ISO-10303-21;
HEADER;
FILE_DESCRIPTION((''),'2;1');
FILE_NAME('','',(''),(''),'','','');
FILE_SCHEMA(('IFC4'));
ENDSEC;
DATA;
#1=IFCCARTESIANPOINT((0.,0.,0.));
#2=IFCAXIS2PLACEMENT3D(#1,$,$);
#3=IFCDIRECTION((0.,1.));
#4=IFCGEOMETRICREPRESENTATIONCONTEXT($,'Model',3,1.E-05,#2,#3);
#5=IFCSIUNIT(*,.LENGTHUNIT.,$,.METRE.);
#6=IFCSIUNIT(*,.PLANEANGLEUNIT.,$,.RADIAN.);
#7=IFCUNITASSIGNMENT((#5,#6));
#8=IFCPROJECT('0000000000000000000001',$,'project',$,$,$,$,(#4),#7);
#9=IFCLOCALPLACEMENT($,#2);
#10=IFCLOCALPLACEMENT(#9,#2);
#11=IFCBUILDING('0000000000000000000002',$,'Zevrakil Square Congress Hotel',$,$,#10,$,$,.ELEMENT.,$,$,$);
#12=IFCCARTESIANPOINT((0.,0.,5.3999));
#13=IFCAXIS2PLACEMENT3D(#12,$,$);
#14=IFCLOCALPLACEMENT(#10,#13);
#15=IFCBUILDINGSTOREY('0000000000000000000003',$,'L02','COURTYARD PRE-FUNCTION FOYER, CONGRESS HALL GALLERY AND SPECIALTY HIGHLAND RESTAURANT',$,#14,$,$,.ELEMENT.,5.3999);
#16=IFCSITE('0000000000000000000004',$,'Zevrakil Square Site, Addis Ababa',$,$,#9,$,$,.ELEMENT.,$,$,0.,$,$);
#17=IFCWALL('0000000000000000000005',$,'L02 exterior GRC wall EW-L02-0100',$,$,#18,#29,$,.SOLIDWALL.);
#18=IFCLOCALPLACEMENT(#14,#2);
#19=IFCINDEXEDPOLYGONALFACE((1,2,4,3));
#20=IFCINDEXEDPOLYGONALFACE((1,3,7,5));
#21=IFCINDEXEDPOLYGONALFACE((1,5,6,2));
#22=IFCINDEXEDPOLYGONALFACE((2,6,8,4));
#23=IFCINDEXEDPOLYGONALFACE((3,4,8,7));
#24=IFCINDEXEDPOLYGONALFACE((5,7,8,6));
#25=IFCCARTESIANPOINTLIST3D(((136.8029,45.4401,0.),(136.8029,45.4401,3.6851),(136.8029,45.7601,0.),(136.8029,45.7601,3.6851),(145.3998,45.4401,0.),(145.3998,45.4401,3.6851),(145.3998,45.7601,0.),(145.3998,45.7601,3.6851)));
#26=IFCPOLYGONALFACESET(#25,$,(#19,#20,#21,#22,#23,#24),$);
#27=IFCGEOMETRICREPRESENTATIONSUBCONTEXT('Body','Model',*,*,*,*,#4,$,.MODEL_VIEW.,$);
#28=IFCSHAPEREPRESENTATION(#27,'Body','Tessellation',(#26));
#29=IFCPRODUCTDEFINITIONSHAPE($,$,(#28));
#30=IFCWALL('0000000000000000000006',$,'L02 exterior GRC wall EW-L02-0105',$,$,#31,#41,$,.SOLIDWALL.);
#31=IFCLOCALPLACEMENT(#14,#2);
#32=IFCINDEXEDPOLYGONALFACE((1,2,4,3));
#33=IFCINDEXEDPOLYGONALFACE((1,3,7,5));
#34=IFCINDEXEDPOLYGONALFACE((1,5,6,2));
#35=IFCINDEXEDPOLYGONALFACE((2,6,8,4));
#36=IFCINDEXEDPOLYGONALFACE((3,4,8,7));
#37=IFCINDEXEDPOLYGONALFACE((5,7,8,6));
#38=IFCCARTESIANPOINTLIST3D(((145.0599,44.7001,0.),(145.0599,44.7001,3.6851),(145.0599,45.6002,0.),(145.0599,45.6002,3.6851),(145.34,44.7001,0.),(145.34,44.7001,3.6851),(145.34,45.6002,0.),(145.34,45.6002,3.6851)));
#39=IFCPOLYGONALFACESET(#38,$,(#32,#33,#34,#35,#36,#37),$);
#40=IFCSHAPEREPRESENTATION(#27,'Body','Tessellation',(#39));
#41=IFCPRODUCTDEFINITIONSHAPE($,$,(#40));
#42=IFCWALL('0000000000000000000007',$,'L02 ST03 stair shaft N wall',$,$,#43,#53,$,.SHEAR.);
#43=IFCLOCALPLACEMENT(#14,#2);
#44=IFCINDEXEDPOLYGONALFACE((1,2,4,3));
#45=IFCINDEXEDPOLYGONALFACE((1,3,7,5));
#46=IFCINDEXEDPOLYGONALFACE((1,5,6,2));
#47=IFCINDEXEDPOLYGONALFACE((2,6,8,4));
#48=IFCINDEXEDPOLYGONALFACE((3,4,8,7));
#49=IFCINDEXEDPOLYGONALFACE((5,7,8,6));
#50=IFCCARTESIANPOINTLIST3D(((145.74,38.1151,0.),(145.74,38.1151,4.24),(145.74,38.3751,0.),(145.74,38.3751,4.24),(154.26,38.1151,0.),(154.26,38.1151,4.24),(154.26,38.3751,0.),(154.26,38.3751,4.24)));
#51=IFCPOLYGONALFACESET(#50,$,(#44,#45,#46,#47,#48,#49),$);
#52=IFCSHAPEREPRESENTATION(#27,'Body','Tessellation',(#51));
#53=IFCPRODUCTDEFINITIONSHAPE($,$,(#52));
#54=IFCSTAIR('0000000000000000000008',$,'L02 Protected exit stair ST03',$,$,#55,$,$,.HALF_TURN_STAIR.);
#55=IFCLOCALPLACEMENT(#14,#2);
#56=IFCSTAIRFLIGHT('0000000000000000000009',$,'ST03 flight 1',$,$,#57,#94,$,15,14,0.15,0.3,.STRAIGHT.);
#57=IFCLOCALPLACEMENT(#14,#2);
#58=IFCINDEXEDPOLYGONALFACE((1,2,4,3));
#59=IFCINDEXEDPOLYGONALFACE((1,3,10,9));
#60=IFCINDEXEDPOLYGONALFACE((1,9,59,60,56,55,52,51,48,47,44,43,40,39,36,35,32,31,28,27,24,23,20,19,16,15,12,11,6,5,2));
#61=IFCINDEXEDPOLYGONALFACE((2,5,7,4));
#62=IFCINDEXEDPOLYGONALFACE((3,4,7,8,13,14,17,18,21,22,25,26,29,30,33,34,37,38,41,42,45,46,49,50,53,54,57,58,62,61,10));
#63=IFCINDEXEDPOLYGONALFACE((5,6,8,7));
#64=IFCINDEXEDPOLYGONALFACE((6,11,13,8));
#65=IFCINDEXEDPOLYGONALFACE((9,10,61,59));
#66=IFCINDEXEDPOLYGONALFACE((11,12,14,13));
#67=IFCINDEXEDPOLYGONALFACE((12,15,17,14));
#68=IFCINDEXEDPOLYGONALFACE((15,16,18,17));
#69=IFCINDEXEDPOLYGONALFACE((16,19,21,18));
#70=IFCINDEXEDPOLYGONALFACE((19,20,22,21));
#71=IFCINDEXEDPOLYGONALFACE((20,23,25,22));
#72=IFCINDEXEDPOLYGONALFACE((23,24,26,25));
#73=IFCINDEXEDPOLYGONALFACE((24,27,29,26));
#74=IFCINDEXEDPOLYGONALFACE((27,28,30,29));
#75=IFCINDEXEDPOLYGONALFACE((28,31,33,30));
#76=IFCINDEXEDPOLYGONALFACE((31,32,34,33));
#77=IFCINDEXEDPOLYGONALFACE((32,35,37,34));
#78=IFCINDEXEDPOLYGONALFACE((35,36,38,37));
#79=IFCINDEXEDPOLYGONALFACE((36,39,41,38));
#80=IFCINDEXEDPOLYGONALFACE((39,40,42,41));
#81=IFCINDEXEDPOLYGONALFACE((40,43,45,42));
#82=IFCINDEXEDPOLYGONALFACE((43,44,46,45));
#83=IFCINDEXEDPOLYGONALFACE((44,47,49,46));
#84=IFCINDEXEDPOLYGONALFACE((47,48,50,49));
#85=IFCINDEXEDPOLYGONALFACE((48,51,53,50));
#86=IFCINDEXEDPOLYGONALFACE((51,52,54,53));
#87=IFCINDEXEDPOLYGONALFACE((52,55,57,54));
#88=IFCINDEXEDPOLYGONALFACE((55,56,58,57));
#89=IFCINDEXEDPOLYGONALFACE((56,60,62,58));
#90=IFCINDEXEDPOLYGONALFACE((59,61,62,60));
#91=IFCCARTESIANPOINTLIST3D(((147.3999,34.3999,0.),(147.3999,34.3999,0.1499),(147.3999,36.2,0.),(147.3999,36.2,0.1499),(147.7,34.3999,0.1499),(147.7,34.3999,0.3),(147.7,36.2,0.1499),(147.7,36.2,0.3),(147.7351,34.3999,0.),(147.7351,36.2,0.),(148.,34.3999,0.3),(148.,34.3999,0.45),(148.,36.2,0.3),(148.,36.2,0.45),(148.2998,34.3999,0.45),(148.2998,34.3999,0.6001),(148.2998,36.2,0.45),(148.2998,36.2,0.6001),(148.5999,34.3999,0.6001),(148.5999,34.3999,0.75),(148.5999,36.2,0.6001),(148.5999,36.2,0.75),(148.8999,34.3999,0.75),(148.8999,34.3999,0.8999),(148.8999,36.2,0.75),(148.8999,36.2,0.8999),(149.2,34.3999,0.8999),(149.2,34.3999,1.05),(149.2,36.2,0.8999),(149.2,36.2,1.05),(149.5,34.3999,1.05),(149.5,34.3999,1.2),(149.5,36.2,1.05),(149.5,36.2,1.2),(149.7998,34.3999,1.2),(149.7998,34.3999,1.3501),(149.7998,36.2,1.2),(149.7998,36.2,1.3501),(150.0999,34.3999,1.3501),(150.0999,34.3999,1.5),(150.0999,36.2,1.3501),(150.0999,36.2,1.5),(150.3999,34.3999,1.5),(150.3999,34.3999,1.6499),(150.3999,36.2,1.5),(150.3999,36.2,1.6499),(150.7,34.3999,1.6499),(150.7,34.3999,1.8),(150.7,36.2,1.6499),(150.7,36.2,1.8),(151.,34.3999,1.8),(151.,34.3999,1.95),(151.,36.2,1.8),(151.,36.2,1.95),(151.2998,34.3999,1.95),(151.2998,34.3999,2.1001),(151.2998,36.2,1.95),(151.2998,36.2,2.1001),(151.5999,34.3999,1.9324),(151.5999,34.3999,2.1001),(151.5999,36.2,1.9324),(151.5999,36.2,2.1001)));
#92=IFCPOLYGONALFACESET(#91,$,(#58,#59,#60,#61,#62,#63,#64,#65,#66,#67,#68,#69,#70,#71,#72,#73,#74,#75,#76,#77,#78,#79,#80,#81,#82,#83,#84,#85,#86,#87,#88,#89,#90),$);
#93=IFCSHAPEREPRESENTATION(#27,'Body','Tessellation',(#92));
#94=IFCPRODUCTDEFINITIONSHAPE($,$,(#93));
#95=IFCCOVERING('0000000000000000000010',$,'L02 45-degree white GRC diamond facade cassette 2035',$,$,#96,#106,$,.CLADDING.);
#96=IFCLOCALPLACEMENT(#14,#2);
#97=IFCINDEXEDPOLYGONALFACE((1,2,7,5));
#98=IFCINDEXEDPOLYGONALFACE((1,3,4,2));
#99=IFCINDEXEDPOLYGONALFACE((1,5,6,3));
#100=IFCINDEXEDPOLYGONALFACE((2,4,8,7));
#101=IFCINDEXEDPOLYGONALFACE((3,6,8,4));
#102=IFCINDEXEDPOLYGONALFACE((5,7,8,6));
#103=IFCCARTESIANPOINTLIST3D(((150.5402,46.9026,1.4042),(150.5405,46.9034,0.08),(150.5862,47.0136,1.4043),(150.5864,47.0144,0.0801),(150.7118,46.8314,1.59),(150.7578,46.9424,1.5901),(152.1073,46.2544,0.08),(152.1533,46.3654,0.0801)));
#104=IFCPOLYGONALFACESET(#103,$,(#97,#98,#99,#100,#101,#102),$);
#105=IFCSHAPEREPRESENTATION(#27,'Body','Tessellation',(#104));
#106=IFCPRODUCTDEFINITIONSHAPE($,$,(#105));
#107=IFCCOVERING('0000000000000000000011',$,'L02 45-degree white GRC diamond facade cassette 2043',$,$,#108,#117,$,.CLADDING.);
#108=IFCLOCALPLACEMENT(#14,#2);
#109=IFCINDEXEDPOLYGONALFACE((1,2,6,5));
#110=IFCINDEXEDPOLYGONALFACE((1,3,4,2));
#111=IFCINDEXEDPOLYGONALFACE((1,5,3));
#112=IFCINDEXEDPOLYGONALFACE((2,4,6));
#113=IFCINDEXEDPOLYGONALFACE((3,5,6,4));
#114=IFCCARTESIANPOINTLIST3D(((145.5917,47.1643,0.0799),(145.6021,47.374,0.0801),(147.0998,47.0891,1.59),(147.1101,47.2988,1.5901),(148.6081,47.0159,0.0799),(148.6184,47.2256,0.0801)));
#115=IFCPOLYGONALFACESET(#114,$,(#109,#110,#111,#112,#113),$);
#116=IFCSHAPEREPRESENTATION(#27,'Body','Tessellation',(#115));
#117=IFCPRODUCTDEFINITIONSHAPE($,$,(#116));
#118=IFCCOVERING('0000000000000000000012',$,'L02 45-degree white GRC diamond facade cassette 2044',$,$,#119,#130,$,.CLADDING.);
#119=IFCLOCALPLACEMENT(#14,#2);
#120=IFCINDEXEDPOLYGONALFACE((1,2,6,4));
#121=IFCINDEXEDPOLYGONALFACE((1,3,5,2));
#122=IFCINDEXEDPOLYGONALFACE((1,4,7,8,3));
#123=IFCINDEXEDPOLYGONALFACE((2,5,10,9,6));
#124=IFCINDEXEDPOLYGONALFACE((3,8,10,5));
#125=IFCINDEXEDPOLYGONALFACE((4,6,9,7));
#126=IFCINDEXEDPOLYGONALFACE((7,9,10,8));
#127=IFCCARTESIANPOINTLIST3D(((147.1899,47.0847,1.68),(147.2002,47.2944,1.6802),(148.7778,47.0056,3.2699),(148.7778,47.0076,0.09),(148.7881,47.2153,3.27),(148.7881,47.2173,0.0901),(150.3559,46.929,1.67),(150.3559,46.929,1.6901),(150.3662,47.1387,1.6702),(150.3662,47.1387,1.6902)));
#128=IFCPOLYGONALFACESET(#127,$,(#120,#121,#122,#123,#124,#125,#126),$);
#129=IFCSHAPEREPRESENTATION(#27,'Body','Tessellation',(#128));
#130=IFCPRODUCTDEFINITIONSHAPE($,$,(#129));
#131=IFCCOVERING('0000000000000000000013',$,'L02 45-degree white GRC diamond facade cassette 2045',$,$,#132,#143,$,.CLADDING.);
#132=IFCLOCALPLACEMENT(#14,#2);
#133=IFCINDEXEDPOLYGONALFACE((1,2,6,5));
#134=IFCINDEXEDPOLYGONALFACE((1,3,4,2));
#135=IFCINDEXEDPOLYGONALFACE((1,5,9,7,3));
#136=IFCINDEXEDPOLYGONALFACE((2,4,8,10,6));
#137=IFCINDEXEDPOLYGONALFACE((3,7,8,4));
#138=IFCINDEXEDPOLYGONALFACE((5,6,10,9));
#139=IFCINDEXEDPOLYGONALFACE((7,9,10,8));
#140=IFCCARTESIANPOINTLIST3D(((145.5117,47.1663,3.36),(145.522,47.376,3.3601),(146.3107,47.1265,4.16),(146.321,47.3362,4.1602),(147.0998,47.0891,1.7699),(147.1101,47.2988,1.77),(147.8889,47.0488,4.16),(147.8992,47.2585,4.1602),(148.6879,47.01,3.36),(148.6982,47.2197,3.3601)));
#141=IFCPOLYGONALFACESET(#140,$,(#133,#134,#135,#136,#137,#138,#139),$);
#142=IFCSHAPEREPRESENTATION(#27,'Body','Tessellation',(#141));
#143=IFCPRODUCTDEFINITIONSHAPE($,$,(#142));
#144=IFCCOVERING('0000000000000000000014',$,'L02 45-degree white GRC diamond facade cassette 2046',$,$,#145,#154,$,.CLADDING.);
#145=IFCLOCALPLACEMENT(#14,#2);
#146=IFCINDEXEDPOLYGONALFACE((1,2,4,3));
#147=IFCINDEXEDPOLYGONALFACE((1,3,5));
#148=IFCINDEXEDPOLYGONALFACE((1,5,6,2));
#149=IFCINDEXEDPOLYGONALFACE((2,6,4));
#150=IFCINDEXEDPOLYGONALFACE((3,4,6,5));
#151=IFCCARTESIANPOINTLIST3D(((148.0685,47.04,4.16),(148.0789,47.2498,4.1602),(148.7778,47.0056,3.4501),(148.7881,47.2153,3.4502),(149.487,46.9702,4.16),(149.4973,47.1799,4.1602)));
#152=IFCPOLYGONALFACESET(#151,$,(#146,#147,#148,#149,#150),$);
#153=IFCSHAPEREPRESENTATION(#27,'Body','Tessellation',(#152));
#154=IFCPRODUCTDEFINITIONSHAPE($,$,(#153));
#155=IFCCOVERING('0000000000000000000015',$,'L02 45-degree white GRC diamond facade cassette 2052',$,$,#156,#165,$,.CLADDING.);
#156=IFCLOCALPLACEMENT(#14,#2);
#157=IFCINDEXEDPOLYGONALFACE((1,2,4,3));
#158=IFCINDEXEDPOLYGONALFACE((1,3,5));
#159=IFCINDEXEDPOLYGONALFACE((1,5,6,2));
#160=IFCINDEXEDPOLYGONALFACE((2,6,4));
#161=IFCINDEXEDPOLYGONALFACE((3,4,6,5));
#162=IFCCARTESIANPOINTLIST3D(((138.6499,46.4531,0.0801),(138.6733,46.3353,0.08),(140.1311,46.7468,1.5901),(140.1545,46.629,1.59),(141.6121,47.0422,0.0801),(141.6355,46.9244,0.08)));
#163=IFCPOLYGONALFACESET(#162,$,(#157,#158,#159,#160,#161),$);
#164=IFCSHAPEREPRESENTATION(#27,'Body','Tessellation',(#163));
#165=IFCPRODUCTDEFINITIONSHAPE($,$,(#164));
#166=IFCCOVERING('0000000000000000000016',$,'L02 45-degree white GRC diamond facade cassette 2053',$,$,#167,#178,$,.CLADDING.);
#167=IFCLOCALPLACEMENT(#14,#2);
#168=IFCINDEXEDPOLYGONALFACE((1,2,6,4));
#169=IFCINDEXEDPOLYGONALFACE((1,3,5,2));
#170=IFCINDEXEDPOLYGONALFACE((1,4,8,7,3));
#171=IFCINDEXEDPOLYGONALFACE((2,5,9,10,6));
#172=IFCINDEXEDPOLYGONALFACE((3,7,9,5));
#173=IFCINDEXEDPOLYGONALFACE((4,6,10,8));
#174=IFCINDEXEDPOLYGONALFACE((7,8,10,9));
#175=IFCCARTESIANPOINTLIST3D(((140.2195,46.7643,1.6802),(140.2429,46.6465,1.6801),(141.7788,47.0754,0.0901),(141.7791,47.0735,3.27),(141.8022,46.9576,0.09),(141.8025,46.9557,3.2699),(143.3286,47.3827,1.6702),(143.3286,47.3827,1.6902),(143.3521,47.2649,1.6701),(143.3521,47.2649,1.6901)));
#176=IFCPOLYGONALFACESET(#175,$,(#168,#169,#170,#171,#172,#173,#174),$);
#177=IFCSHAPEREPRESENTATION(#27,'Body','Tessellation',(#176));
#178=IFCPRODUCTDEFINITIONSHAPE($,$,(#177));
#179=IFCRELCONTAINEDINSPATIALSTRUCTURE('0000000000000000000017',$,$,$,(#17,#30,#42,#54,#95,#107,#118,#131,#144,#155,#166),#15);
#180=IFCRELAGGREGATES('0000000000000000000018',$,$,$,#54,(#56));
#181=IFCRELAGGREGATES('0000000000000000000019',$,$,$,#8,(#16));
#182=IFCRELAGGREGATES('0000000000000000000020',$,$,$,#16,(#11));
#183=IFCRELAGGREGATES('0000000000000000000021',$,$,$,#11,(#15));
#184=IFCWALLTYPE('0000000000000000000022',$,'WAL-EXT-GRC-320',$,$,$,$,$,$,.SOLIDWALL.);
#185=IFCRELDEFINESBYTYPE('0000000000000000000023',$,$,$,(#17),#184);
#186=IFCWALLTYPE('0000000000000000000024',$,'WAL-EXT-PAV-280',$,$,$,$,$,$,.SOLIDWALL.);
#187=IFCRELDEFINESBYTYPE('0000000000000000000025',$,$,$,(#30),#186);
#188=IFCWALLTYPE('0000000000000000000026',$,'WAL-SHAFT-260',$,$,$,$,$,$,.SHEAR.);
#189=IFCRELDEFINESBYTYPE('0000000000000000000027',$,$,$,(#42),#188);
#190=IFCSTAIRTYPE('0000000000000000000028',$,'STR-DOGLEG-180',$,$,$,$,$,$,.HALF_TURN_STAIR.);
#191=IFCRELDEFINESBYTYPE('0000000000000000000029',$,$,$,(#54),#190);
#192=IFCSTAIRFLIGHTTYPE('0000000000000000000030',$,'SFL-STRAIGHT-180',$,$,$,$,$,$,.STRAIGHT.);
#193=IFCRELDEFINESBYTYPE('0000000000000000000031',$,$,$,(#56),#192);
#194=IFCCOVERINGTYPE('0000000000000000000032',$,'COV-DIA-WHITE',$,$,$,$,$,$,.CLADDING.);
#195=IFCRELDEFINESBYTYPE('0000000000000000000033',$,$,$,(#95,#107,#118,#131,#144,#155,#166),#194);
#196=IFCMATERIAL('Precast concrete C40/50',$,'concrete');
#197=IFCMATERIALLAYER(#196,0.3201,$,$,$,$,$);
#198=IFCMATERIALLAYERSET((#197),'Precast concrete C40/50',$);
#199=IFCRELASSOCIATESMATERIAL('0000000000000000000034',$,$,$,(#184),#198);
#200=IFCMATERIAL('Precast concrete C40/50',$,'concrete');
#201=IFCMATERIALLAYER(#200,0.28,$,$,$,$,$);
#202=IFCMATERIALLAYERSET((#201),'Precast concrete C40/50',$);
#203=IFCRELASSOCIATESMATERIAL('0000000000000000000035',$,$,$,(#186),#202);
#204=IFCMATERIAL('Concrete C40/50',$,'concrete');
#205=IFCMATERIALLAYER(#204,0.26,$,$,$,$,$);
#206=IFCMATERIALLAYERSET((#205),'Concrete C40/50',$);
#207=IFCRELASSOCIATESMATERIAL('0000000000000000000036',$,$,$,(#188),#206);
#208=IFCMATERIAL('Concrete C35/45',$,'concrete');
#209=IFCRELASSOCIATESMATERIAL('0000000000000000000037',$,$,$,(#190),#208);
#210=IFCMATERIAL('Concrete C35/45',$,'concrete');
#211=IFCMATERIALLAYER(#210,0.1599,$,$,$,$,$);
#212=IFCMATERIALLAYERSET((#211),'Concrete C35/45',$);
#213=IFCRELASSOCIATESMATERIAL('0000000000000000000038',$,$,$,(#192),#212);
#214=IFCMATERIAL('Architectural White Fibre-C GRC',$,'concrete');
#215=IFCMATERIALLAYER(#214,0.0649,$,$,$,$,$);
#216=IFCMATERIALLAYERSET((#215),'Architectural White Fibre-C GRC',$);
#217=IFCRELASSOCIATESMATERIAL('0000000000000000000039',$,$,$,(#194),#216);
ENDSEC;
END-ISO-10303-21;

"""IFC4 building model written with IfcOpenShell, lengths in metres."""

from ifc_helpers import new_model, si_unit, direction, frame, frame_2d, origin, place, context, subcontext, project, spatial, polyline, rectangle, outline, extrude, material, layer, layer_set, type_object, element, aggregate, save


model = new_model("IFC4")

# Units and contexts
model_context = context("Model", 3, precision=1e-05, world=origin(), true_north=direction((0.0, 1.0)))
body_context = subcontext(model_context, "Body", "Model", "MODEL_VIEW")
ifc_project = project(units=[si_unit("LENGTHUNIT", "METRE"), si_unit("PLANEANGLEUNIT", "RADIAN")], contexts=[model_context])

# Site, building, storey
site_placement = place(None, origin())
site = spatial("IfcSite", under=ifc_project, at=site_placement, Name="Zevrakil Square Site, Addis Ababa", CompositionType="ELEMENT", RefElevation=0.0)
building_placement = place(site_placement, origin())
building = spatial("IfcBuilding", under=site, at=building_placement, Name="Zevrakil Square Congress Hotel", CompositionType="ELEMENT")
storey_placement = place(building_placement, frame((0.0, 0.0, 5.3999)))
storey = spatial("IfcBuildingStorey", under=building, at=storey_placement, Name="L02", Description="COURTYARD PRE-FUNCTION FOYER, CONGRESS HALL GALLERY AND SPECIALTY HIGHLAND RESTAURANT", CompositionType="ELEMENT", Elevation=5.3999)

# Walls
ifc_material_1 = material(Name="Precast concrete C40/50", Category="concrete")
ifc_layer_1 = layer(ifc_material_1, 0.3201)
ifc_layer_set_1 = layer_set([ifc_layer_1], Name="Precast concrete C40/50")
wall_type_1 = type_object("IfcWallType", Name="WAL-EXT-GRC-320", PredefinedType="SOLIDWALL", material=ifc_layer_set_1)
wall_1_placement = place(storey_placement, frame((136.803, 45.6001, 0.0), z_axis=(0.0, 0.0, 1.0), x_axis=(1.0, 0.0, 0.0)))
element("IfcWall", 1, at=wall_1_placement, inside=storey, type_object=wall_type_1, Name="L02 exterior GRC wall EW-L02-0100", PredefinedType="SOLIDWALL", context=body_context, shape_type="SweptSolid", body=[
    extrude(rectangle(XDim=8.5969, YDim=0.3201, at=frame_2d((4.2983, 0.0))), origin(), (0.0, 0.0, 1.0), 3.6851),
])
ifc_material_2 = material(Name="Precast concrete C40/50", Category="concrete")
ifc_layer_2 = layer(ifc_material_2, 0.28)
ifc_layer_set_2 = layer_set([ifc_layer_2], Name="Precast concrete C40/50")
wall_type_2 = type_object("IfcWallType", Name="WAL-EXT-PAV-280", PredefinedType="SOLIDWALL", material=ifc_layer_set_2)
wall_2_placement = place(storey_placement, frame((145.2, 44.7, 0.0), z_axis=(0.0, 0.0, 1.0), x_axis=(0.0, 1.0, 0.0)))
element("IfcWall", 2, at=wall_2_placement, inside=storey, type_object=wall_type_2, Name="L02 exterior GRC wall EW-L02-0105", PredefinedType="SOLIDWALL", context=body_context, shape_type="SweptSolid", body=[
    extrude(rectangle(XDim=0.9001, YDim=0.28, at=frame_2d((0.4502, 0.0))), origin(), (0.0, 0.0, 1.0), 3.6851),
])
ifc_material_3 = material(Name="Concrete C40/50", Category="concrete")
ifc_layer_3 = layer(ifc_material_3, 0.26)
ifc_layer_set_3 = layer_set([ifc_layer_3], Name="Concrete C40/50")
wall_type_3 = type_object("IfcWallType", Name="WAL-SHAFT-260", PredefinedType="SHEAR", material=ifc_layer_set_3)
wall_3_placement = place(storey_placement, frame((145.74, 38.2451, 0.0), z_axis=(0.0, 0.0, 1.0), x_axis=(1.0, 0.0, 0.0)))
element("IfcWall", 3, at=wall_3_placement, inside=storey, type_object=wall_type_3, Name="L02 ST03 stair shaft N wall", PredefinedType="SHEAR", context=body_context, shape_type="SweptSolid", body=[
    extrude(rectangle(XDim=8.52, YDim=0.26, at=frame_2d((4.26, 0.0))), origin(), (0.0, 0.0, 1.0), 4.24),
])

# Stair, stair flight
ifc_material_4 = material(Name="Concrete C35/45", Category="concrete")
stair_type = type_object("IfcStairType", Name="STR-DOGLEG-180", PredefinedType="HALF_TURN_STAIR", material=ifc_material_4)
stair_placement = place(storey_placement, origin())
stair = element("IfcStair", 4, at=stair_placement, inside=storey, type_object=stair_type, Name="L02 Protected exit stair ST03", PredefinedType="HALF_TURN_STAIR")
ifc_material_5 = material(Name="Concrete C35/45", Category="concrete")
ifc_layer_4 = layer(ifc_material_5, 0.1599)
ifc_layer_set_4 = layer_set([ifc_layer_4], Name="Concrete C35/45")
stair_flight_type = type_object("IfcStairFlightType", Name="SFL-STRAIGHT-180", PredefinedType="STRAIGHT", material=ifc_layer_set_4)
stair_flight_placement = place(storey_placement, frame((147.3999, 35.3, 0.0), z_axis=(0.0, 0.0, 1.0), x_axis=(1.0, 0.0, 0.0)))
stair_flight = element("IfcStairFlight", 5, at=stair_flight_placement, type_object=stair_flight_type, Name="ST03 flight 1", NumberOfRisers=15, NumberOfTreads=14, PredefinedType="STRAIGHT", RiserHeight=0.15, TreadLength=0.3, context=body_context, shape_type="SweptSolid", body=[
    extrude(outline(polyline([(0.0, 0.0), (0.0, 0.1499), (0.3, 0.1499), (0.3, 0.3), (0.6001, 0.3), (0.6001, 0.45), (0.8999, 0.45), (0.8999, 0.6001), (1.2, 0.6001), (1.2, 0.75), (1.5, 0.75), (1.5, 0.8999), (1.8, 0.8999), (1.8, 1.05), (2.1001, 1.05), (2.1001, 1.2), (2.3999, 1.2), (2.3999, 1.3501), (2.7, 1.3501), (2.7, 1.5), (3.0, 1.5), (3.0, 1.6499), (3.3, 1.6499), (3.3, 1.8), (3.6001, 1.8), (3.6001, 1.95), (3.8999, 1.95), (3.8999, 2.1001), (4.2, 2.1001), (4.2, 2.25), (4.2, 1.9324), (0.3352, 0.0), (0.0, 0.0)])), frame((0.0, 0.8999, 0.0), z_axis=(0.0, -1.0, 0.0), x_axis=(1.0, 0.0, 0.0)), (0.0, 0.0, 1.0), 1.8),
])
aggregate(stair, [stair_flight])

# Coverings
ifc_material_6 = material(Name="Architectural White Fibre-C GRC", Category="concrete")
ifc_layer_5 = layer(ifc_material_6, 0.0649)
ifc_layer_set_5 = layer_set([ifc_layer_5], Name="Architectural White Fibre-C GRC")
covering_type_1 = type_object("IfcCoveringType", Name="COV-DIA-WHITE", PredefinedType="CLADDING", material=ifc_layer_set_5)
covering_1_placement = place(storey_placement, frame((150.7578, 46.9424, 1.5901), z_axis=(0.382668, 0.923886, 0.000633), x_axis=(-0.653214, 0.271042, -0.707)))
element("IfcCovering", 6, at=covering_1_placement, inside=storey, type_object=covering_type_1, Name="L02 45-degree white GRC diamond facade cassette 2035", PredefinedType="CLADDING", context=body_context, shape_type="SweptSolid", body=[
    extrude(outline(polyline([(0.0, 0.0), (0.2628, 0.0), (1.199, -0.9365), (-0.0004, -2.1355), (0.0, 0.0)])), origin(), (0.0, 0.0, -1.0), 0.1201),
])
covering_2_placement = place(storey_placement, frame((147.1101, 47.2988, 1.5901), z_axis=(0.049151, 0.998791, 0.00065), x_axis=(-0.706211, 0.035213, -0.707125)))
element("IfcCovering", 7, at=covering_2_placement, inside=storey, type_object=covering_type_1, Name="L02 45-degree white GRC diamond facade cassette 2043", PredefinedType="CLADDING", context=body_context, shape_type="SweptSolid", body=[
    extrude(outline(polyline([(0.0, 0.0), (2.1354, 0.0), (0.0, -2.1355), (0.0, 0.0)])), origin(), (0.0, 0.0, -1.0), 0.21),
])
covering_3_placement = place(storey_placement, frame((148.7881, 47.2153, 3.27), z_axis=(0.049139, 0.998792, 0.000612), x_axis=(-0.706235, 0.035178, -0.707103)))
element("IfcCovering", 8, at=covering_3_placement, inside=storey, type_object=covering_type_1, Name="L02 45-degree white GRC diamond facade cassette 2044", PredefinedType="CLADDING", context=body_context, shape_type="SweptSolid", body=[
    extrude(outline(polyline([(0.0, 0.0), (2.2484, 0.0), (2.2486, -2.2485), (0.014, -2.2485), (-0.0001, -2.2343), (0.0, 0.0)])), origin(), (0.0, 0.0, -1.0), 0.21),
])
covering_4_placement = place(storey_placement, frame((145.522, 47.376, 3.3601), z_axis=(0.049134, 0.998792, 0.000612), x_axis=(0.706256, -0.03431, -0.707125)))
element("IfcCovering", 9, at=covering_4_placement, inside=storey, type_object=covering_type_1, Name="L02 45-degree white GRC diamond facade cassette 2045", PredefinedType="CLADDING", context=body_context, shape_type="SweptSolid", body=[
    extrude(outline(polyline([(0.0, 0.0), (2.2487, 0.0), (2.2486, -2.2487), (1.1172, -2.2487), (0.0, -1.1314), (0.0, 0.0)])), origin(), (0.0, 0.0, -1.0), 0.21),
])
covering_5_placement = place(storey_placement, frame((148.7881, 47.2153, 3.4502), z_axis=(0.049166, 0.99879, 0.000687), x_axis=(0.706302, -0.035254, 0.707032)))
element("IfcCovering", 10, at=covering_5_placement, inside=storey, type_object=covering_type_1, Name="L02 45-degree white GRC diamond facade cassette 2046", PredefinedType="CLADDING", context=body_context, shape_type="SweptSolid", body=[
    extrude(outline(polyline([(0.0, 0.0), (1.0041, 0.0), (-0.0002, -1.0041), (0.0, 0.0)])), origin(), (0.0, 0.0, -1.0), 0.21),
])
covering_6_placement = place(storey_placement, frame((140.1311, 46.7468, 1.5901), z_axis=(-0.195059, 0.980791, 0.000571), x_axis=(-0.69361, -0.137533, -0.7071)))
element("IfcCovering", 11, at=covering_6_placement, inside=storey, type_object=covering_type_1, Name="L02 45-degree white GRC diamond facade cassette 2052", PredefinedType="CLADDING", context=body_context, shape_type="SweptSolid", body=[
    extrude(outline(polyline([(0.0, 0.0), (2.1355, 0.0), (-0.0001, -2.1356), (0.0, 0.0)])), origin(), (0.0, 0.0, -1.0), 0.1201),
])
covering_7_placement = place(storey_placement, frame((141.7791, 47.0735, 3.27), z_axis=(-0.195079, 0.980787, 0.000615), x_axis=(-0.693619, -0.137518, -0.707094)))
element("IfcCovering", 12, at=covering_7_placement, inside=storey, type_object=covering_type_1, Name="L02 45-degree white GRC diamond facade cassette 2053", PredefinedType="CLADDING", context=body_context, shape_type="SweptSolid", body=[
    extrude(outline(polyline([(0.0, 0.0), (2.2484, 0.0), (2.2484, -2.2487), (0.0139, -2.2486), (-0.0003, -2.2344), (0.0, 0.0)])), origin(), (0.0, 0.0, -1.0), 0.1201),
])

save(model, "model.ifc")
